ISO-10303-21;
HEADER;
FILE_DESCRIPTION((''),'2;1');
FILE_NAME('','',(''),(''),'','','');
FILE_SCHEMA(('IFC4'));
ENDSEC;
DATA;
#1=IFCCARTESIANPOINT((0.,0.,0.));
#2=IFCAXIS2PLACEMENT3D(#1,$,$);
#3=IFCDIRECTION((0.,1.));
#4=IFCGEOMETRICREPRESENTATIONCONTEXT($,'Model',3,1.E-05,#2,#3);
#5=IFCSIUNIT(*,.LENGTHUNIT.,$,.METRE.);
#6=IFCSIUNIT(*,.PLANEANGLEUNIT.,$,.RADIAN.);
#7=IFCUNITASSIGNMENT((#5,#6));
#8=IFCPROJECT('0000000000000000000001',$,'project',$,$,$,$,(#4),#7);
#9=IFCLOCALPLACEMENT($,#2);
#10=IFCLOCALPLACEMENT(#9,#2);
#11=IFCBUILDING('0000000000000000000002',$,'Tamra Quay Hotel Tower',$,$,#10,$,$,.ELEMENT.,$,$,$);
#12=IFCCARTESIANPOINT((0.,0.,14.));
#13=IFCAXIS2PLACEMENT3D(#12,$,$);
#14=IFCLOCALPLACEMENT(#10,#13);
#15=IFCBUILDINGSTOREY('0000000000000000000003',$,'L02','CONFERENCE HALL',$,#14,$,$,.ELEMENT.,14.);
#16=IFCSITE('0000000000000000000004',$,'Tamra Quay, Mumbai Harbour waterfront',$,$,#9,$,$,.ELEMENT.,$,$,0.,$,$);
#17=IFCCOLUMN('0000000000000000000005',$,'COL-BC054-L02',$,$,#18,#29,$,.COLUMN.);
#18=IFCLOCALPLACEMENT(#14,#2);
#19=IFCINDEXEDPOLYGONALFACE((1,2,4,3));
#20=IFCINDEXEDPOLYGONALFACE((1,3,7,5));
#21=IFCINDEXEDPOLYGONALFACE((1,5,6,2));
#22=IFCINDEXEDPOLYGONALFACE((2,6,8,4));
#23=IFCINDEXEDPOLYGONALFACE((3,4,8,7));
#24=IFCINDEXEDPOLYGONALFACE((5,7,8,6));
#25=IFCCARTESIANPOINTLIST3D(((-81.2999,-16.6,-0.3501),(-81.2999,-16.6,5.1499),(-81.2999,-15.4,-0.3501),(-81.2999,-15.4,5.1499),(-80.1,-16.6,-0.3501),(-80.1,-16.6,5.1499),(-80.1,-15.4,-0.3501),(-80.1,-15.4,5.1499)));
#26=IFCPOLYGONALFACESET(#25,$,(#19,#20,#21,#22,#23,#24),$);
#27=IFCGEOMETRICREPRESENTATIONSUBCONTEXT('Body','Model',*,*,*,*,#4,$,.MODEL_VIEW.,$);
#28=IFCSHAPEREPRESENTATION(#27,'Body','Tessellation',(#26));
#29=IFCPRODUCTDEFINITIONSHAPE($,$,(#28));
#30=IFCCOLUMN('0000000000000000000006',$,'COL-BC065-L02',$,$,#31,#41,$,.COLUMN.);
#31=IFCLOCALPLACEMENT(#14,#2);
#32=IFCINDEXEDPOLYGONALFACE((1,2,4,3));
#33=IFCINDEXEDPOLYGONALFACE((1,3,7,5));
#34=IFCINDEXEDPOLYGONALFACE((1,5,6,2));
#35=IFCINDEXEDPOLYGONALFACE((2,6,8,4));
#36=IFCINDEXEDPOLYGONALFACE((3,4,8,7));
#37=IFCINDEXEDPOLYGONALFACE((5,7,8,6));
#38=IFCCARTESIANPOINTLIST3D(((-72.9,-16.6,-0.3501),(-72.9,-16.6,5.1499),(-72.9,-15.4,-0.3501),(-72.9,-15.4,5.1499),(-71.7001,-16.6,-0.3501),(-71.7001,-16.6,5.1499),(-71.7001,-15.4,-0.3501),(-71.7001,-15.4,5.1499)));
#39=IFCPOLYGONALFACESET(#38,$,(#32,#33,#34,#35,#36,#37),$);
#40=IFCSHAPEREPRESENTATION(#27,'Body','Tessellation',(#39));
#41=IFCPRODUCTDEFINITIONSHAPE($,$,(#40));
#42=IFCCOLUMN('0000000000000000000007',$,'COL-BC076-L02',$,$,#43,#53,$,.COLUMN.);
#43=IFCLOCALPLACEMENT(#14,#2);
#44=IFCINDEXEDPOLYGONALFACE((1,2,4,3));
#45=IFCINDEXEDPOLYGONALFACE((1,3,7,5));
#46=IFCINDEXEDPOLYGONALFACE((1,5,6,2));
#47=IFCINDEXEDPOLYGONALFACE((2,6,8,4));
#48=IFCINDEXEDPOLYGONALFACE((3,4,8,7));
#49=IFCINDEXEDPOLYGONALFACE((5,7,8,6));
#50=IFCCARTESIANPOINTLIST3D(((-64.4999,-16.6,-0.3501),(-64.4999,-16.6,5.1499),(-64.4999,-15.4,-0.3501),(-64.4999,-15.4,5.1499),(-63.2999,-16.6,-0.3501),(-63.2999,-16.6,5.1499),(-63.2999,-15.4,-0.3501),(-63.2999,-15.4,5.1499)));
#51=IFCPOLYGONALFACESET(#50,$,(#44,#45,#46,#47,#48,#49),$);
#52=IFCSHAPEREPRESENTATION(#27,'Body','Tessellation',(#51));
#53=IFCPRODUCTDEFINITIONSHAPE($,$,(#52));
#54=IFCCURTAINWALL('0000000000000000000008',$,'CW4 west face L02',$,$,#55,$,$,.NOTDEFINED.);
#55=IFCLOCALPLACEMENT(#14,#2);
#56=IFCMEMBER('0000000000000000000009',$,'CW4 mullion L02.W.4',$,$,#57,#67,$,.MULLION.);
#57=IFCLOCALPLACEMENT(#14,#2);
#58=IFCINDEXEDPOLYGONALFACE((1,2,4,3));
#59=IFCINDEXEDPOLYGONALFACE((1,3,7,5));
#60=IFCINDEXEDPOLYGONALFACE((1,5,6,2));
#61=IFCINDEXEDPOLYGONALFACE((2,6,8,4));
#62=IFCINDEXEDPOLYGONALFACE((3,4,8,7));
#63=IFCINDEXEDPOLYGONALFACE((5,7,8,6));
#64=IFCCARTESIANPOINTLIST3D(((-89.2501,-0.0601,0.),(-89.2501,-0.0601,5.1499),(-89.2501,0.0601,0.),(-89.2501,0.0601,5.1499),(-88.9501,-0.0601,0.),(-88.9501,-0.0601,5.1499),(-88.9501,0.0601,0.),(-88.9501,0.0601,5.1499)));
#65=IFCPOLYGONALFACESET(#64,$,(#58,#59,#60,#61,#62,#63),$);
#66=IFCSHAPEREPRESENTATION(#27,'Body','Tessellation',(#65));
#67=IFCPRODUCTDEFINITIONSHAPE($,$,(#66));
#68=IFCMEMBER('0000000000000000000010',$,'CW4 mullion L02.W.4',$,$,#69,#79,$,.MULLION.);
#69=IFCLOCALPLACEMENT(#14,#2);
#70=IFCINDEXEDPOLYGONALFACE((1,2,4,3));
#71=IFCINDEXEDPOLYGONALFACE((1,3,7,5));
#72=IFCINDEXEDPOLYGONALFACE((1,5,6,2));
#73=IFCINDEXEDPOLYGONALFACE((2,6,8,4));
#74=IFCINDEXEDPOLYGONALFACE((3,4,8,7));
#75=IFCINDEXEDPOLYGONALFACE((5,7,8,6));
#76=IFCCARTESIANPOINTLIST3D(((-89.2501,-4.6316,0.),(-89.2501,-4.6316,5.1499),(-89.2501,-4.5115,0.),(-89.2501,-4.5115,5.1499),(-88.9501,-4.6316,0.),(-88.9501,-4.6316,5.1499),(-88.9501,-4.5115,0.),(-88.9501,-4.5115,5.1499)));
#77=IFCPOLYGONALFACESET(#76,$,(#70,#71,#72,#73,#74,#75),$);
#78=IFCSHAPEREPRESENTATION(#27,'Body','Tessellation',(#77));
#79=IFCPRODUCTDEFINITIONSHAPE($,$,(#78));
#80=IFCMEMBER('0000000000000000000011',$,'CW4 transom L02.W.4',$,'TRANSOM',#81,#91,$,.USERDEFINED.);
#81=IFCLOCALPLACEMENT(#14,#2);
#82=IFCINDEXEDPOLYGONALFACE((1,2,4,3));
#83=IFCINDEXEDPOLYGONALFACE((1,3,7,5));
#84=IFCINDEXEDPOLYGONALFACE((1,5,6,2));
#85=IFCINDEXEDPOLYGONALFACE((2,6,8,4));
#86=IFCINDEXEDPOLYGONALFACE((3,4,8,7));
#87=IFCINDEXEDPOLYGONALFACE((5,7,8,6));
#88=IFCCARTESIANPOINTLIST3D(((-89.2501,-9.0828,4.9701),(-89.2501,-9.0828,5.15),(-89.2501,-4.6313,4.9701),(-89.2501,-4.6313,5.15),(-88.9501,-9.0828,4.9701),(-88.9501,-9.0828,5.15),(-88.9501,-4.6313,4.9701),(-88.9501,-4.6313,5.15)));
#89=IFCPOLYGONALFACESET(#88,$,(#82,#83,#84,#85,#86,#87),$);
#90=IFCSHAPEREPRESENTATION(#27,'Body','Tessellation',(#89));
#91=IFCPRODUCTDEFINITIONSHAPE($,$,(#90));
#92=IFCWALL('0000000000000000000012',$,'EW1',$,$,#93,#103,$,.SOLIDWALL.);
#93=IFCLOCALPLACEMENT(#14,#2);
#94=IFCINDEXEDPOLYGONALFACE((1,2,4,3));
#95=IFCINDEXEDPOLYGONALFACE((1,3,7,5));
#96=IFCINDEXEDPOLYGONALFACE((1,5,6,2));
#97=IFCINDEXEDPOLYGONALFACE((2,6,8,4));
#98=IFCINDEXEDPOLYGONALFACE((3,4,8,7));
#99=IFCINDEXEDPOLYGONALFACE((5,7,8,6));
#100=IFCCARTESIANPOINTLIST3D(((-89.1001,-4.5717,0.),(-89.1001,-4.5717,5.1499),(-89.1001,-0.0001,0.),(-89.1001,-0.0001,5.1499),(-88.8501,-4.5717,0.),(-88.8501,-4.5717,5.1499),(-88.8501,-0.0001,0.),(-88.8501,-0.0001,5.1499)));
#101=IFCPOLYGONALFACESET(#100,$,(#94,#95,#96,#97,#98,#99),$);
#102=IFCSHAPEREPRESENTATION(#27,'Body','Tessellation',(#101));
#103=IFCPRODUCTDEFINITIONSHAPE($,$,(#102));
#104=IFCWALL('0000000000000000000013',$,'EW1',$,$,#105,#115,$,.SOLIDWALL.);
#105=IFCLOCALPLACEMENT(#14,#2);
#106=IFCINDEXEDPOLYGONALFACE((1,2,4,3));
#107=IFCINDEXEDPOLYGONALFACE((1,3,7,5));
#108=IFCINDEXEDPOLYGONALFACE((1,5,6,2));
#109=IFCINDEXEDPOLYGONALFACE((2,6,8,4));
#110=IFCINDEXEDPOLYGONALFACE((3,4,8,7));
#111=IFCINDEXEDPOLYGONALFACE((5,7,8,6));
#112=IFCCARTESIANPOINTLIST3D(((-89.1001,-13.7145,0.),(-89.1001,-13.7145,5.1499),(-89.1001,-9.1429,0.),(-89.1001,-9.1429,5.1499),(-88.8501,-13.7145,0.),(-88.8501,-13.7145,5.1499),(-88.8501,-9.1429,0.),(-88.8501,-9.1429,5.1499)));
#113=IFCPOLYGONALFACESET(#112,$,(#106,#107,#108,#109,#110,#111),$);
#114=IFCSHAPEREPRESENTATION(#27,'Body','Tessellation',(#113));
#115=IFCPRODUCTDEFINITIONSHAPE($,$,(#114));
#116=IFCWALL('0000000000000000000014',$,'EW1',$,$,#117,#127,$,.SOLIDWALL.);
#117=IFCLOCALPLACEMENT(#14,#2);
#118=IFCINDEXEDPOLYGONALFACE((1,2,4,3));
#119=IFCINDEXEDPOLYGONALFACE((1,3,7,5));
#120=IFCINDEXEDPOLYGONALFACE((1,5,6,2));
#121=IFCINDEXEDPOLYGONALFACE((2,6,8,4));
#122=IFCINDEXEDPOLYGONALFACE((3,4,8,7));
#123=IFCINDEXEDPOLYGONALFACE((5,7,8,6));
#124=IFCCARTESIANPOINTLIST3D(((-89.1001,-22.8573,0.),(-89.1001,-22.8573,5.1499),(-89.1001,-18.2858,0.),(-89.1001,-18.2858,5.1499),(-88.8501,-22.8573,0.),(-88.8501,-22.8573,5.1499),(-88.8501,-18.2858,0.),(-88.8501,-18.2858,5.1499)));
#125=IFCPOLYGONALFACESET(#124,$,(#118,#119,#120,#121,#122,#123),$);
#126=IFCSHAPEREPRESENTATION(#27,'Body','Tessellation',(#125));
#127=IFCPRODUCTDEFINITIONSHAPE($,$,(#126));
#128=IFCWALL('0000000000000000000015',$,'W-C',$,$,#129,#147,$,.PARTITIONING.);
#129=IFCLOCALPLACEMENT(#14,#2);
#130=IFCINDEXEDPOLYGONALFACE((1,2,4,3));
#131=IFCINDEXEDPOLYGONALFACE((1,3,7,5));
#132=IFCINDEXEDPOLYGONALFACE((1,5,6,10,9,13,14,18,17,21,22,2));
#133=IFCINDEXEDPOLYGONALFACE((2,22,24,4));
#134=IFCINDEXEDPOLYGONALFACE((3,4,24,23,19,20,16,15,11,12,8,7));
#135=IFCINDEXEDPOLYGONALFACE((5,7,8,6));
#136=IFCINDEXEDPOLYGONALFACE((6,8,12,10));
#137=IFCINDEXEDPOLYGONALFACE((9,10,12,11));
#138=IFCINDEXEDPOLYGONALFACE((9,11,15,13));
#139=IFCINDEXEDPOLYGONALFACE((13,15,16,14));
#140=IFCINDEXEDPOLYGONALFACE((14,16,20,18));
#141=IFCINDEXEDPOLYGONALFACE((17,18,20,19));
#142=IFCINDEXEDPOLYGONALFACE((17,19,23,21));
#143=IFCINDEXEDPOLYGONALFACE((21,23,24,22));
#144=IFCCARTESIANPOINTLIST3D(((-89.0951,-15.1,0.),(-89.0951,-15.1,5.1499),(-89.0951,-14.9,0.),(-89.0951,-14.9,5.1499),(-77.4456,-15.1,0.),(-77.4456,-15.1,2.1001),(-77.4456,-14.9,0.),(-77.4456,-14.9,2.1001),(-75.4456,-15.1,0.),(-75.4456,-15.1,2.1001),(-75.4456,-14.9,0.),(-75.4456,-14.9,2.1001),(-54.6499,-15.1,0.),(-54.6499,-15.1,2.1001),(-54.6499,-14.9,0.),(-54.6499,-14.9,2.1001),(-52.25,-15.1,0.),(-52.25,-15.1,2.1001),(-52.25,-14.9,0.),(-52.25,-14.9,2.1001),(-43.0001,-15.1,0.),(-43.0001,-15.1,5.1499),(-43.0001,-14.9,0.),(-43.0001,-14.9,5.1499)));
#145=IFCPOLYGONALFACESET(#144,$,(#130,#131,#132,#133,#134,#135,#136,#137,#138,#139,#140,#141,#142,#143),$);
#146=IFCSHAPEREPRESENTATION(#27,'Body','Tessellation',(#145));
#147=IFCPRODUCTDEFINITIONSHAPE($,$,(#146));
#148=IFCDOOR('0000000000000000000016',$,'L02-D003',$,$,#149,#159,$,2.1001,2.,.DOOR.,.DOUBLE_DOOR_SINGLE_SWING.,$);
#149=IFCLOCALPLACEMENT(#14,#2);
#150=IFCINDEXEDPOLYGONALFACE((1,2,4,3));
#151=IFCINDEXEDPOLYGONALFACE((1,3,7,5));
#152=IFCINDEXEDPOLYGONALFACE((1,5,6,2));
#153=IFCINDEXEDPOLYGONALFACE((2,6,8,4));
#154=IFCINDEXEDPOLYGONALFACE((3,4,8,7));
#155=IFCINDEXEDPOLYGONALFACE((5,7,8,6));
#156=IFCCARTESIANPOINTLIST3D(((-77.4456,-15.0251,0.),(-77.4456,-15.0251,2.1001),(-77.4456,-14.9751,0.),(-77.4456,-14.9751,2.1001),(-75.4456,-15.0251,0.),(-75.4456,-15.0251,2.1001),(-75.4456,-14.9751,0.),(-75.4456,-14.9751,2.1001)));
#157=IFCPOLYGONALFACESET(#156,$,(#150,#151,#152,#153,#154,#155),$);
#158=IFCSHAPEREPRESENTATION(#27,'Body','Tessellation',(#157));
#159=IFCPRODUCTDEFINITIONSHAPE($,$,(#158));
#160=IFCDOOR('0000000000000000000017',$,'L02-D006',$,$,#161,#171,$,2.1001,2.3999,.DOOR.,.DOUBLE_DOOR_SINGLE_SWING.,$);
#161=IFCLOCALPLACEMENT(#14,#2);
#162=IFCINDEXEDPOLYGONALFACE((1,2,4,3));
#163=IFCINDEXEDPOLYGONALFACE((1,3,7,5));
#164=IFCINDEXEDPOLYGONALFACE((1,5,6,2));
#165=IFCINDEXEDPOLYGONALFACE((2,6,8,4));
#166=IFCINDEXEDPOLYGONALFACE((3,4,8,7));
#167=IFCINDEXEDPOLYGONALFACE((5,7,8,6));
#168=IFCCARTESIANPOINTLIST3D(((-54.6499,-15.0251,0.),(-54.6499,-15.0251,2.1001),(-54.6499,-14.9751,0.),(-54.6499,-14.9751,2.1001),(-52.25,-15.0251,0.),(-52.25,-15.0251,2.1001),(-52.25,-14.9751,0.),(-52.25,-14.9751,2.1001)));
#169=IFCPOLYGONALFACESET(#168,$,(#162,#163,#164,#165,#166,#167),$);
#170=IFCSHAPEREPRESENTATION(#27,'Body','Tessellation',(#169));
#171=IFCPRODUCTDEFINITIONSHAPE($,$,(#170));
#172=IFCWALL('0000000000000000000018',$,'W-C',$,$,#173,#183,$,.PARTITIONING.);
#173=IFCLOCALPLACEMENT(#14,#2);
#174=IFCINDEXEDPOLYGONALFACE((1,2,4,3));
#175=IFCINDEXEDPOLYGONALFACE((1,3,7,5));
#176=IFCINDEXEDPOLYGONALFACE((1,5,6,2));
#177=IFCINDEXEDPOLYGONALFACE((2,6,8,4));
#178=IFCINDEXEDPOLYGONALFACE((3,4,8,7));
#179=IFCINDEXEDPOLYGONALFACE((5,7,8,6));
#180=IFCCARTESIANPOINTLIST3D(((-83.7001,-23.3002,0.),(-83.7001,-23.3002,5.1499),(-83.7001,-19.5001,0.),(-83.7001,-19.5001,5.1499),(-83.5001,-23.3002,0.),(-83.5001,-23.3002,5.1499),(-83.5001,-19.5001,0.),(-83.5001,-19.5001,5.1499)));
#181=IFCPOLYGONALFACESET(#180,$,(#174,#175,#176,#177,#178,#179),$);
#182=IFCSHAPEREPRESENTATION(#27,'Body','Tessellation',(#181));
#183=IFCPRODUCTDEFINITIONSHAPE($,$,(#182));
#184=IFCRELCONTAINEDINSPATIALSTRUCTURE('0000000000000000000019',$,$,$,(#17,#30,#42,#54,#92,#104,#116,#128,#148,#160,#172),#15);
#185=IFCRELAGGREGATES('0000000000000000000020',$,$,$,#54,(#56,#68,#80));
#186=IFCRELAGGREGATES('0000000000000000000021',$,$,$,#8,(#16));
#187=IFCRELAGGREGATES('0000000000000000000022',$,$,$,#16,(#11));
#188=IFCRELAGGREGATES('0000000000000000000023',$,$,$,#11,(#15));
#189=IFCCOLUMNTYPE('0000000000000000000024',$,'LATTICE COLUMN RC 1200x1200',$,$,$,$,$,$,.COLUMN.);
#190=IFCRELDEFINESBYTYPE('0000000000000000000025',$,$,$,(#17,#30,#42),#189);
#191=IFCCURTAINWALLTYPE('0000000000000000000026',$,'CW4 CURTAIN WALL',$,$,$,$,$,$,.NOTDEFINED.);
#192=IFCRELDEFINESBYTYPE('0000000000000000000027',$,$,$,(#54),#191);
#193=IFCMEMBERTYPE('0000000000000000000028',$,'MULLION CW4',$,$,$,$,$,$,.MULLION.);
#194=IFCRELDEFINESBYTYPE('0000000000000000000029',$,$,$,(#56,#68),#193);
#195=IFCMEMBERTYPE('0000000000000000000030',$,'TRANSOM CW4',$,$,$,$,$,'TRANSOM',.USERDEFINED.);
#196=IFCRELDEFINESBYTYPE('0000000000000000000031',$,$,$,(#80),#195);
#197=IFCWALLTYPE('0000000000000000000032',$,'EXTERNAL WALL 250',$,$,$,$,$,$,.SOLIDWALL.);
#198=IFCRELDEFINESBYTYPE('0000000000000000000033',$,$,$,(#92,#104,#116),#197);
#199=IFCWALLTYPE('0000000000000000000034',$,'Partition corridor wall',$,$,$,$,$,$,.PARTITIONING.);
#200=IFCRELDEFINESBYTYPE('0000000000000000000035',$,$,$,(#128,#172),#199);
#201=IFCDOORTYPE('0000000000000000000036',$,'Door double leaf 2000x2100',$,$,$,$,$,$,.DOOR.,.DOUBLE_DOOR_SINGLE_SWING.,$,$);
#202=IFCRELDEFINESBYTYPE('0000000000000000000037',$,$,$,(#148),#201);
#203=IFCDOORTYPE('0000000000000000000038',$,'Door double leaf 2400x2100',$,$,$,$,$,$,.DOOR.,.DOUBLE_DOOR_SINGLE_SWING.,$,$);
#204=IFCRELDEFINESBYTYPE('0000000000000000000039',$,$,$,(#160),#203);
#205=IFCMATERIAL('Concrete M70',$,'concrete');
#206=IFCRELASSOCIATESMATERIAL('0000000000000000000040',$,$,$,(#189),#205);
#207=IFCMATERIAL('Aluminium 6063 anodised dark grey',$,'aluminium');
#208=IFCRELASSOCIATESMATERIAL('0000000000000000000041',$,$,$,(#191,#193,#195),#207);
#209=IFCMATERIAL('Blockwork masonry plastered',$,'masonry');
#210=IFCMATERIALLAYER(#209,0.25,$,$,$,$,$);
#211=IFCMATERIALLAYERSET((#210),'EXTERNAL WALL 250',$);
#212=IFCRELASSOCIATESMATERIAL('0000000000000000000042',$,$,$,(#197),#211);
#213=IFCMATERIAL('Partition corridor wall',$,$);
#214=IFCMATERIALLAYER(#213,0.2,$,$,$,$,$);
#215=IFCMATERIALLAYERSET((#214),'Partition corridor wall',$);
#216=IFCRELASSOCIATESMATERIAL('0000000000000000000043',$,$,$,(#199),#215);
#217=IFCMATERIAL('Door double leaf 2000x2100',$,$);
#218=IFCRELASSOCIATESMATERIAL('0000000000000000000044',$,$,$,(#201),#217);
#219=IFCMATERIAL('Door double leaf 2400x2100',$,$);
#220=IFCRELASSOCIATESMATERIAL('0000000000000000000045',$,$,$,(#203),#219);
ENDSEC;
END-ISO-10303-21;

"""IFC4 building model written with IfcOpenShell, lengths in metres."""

from ifc_helpers import new_model, si_unit, direction, frame, frame_2d, origin, origin_2d, place, context, subcontext, project, spatial, rectangle, extrude, material, layer, layer_set, material_profile, profile_set, type_object, element, fill, aggregate, save


model = new_model("IFC4")

# Units and contexts
model_context = context("Model", 3, precision=1e-05, world=origin(), true_north=direction((0.0, 1.0)))
body_context = subcontext(model_context, "Body", "Model", "MODEL_VIEW")
ifc_project = project(units=[si_unit("LENGTHUNIT", "METRE"), si_unit("PLANEANGLEUNIT", "RADIAN")], contexts=[model_context])

# Site, building, storey
site_placement = place(None, origin())
site = spatial("IfcSite", under=ifc_project, at=site_placement, Name="Tamra Quay, Mumbai Harbour waterfront", CompositionType="ELEMENT", RefElevation=0.0)
building_placement = place(site_placement, origin())
building = spatial("IfcBuilding", under=site, at=building_placement, Name="Tamra Quay Hotel Tower", CompositionType="ELEMENT")
storey_placement = place(building_placement, frame((0.0, 0.0, 14.0)))
storey = spatial("IfcBuildingStorey", under=building, at=storey_placement, Name="L02", Description="CONFERENCE HALL", CompositionType="ELEMENT", Elevation=14.0)

# Columns
ifc_material_1 = material(Name="Concrete M70", Category="concrete")
ifc_material_profile_1 = material_profile(ifc_material_1, rectangle(XDim=1.2, YDim=1.2, at=origin_2d()), Name="LATTICE COLUMN RC 1200x1200")
ifc_profile_set_1 = profile_set([ifc_material_profile_1], Name="Concrete M70")
column_type = type_object("IfcColumnType", Name="LATTICE COLUMN RC 1200x1200", PredefinedType="COLUMN", material=ifc_profile_set_1)
for number, where, z_axis, x_axis, name in (
    (1, (-80.7, -16.0, -0.3501), (0.0, 0.0, 1.0), (1.0, 0.0, 0.0), "COL-BC054-L02"),
    (2, (-72.3, -16.0, -0.3501), (0.0, 0.0, 1.0), (1.0, 0.0, 0.0), "COL-BC065-L02"),
    (3, (-63.8999, -16.0, -0.3501), (0.0, 0.0, 1.0), (1.0, 0.0, 0.0), "COL-BC076-L02"),
):
    element("IfcColumn", number, at=place(storey_placement, frame(where, z_axis=z_axis, x_axis=x_axis)), inside=storey, type_object=column_type, Name=name, PredefinedType="COLUMN", context=body_context, shape_type="SweptSolid", body=[
        extrude(rectangle(XDim=1.2, YDim=1.2, at=origin_2d()), origin(), (0.0, 0.0, 1.0), 5.5),
    ])

# Curtain wall, members
ifc_material_2 = material(Name="Aluminium 6063 anodised dark grey", Category="aluminium")
curtain_wall_type = type_object("IfcCurtainWallType", Name="CW4 CURTAIN WALL", PredefinedType="NOTDEFINED", material=ifc_material_2)
curtain_wall_placement = place(storey_placement, origin())
curtain_wall = element("IfcCurtainWall", 4, at=curtain_wall_placement, inside=storey, type_object=curtain_wall_type, Name="CW4 west face L02", PredefinedType="NOTDEFINED")
ifc_material_profile_2 = material_profile(ifc_material_2, rectangle(XDim=0.3, YDim=0.1201, at=origin_2d()), Name="MULLION 120X300")
ifc_profile_set_2 = profile_set([ifc_material_profile_2], Name="Aluminium 6063 anodised dark grey")
member_type_1 = type_object("IfcMemberType", Name="MULLION CW4", PredefinedType="MULLION", material=ifc_profile_set_2)
member_1_placement = place(storey_placement, frame((-89.1001, 0.0, 0.0), z_axis=(0.0, 0.0, 1.0), x_axis=(-1.0, 0.0, 0.0)))
member_1 = element("IfcMember", 5, at=member_1_placement, type_object=member_type_1, Name="CW4 mullion L02.W.4", PredefinedType="MULLION", context=body_context, shape_type="SweptSolid", body=[
    extrude(rectangle(XDim=0.3, YDim=0.1201, at=origin_2d()), origin(), (0.0, 0.0, 1.0), 5.1499),
])
member_2_placement = place(storey_placement, frame((-89.1001, -4.5715, 0.0), z_axis=(0.0, 0.0, 1.0), x_axis=(-1.0, 0.0, 0.0)))
member_2 = element("IfcMember", 6, at=member_2_placement, type_object=member_type_1, Name="CW4 mullion L02.W.4", PredefinedType="MULLION", context=body_context, shape_type="SweptSolid", body=[
    extrude(rectangle(XDim=0.3, YDim=0.1201, at=origin_2d()), origin(), (0.0, 0.0, 1.0), 5.1499),
])
ifc_material_profile_3 = material_profile(ifc_material_2, rectangle(XDim=0.3, YDim=0.1799, at=origin_2d()), Name="TRANSOM 300X180")
ifc_profile_set_3 = profile_set([ifc_material_profile_3], Name="Aluminium 6063 anodised dark grey")
member_type_2 = type_object("IfcMemberType", Name="TRANSOM CW4", ElementType="TRANSOM", PredefinedType="USERDEFINED", material=ifc_profile_set_3)
member_3_placement = place(storey_placement, frame((-89.1001, -4.6313, 5.0601), z_axis=(0.0, -1.0, 0.0), x_axis=(1.0, 0.0, 0.0)))
member_3 = element("IfcMember", 7, at=member_3_placement, type_object=member_type_2, Name="CW4 transom L02.W.4", ObjectType="TRANSOM", PredefinedType="USERDEFINED", context=body_context, shape_type="SweptSolid", body=[
    extrude(rectangle(XDim=0.3, YDim=0.1799, at=origin_2d()), origin(), (0.0, 0.0, 1.0), 4.4514),
])
aggregate(curtain_wall, [member_1, member_2, member_3])

# Walls
ifc_material_3 = material(Name="Blockwork masonry plastered", Category="masonry")
ifc_layer_1 = layer(ifc_material_3, 0.25)
ifc_layer_set_1 = layer_set([ifc_layer_1], Name="EXTERNAL WALL 250")
wall_type_1 = type_object("IfcWallType", Name="EXTERNAL WALL 250", PredefinedType="SOLIDWALL", material=ifc_layer_set_1)
for number, where, z_axis, x_axis, name in (
    (8, (-88.9751, -4.5715, 0.0), (0.0, 0.0, 1.0), (0.0, 1.0, 0.0), "EW1"),
    (9, (-88.9751, -13.7144, 0.0), (0.0, 0.0, 1.0), (0.0, 1.0, 0.0), "EW1"),
    (10, (-88.9751, -22.8572, 0.0), (0.0, 0.0, 1.0), (0.0, 1.0, 0.0), "EW1"),
):
    element("IfcWall", number, at=place(storey_placement, frame(where, z_axis=z_axis, x_axis=x_axis)), inside=storey, type_object=wall_type_1, Name=name, PredefinedType="SOLIDWALL", context=body_context, shape_type="SweptSolid", body=[
        extrude(rectangle(XDim=4.5715, YDim=0.25, at=frame_2d((2.2856, 0.0))), origin(), (0.0, 0.0, 1.0), 5.1499),
    ])

# Wall, openings, doors
ifc_material_4 = material(Name="Partition corridor wall")
ifc_layer_2 = layer(ifc_material_4, 0.2)
ifc_layer_set_2 = layer_set([ifc_layer_2], Name="Partition corridor wall")
wall_type_2 = type_object("IfcWallType", Name="Partition corridor wall", PredefinedType="PARTITIONING", material=ifc_layer_set_2)
wall_1_placement = place(storey_placement, frame((-89.095, -15.0, 0.0), z_axis=(0.0, 0.0, 1.0), x_axis=(1.0, 0.0, 0.0)))
wall_1 = element("IfcWall", 11, at=wall_1_placement, inside=storey, type_object=wall_type_2, Name="W-C", PredefinedType="PARTITIONING", context=body_context, shape_type="SweptSolid", body=[
    extrude(rectangle(XDim=46.095, YDim=0.2, at=frame_2d((23.0474, 0.0))), origin(), (0.0, 0.0, 1.0), 5.1499),
])
opening_1_placement = place(wall_1_placement, frame((11.6494, 0.0, 0.0)))
opening_1 = element("IfcOpeningElement", 12, at=opening_1_placement, cuts=wall_1, PredefinedType="OPENING", context=body_context, shape_type="SweptSolid", body=[
    extrude(rectangle(XDim=2.0, YDim=2.1001, at=frame_2d((1.0, 1.05))), frame((0.0, 0.1099, 0.0), z_axis=(0.0, -1.0, 0.0), x_axis=(1.0, 0.0, 0.0)), (0.0, 0.0, 1.0), 0.22),
])
opening_2_placement = place(wall_1_placement, frame((34.4451, 0.0, 0.0)))
opening_2 = element("IfcOpeningElement", 13, at=opening_2_placement, cuts=wall_1, PredefinedType="OPENING", context=body_context, shape_type="SweptSolid", body=[
    extrude(rectangle(XDim=2.3999, YDim=2.1001, at=frame_2d((1.2, 1.05))), frame((0.0, 0.1099, 0.0), z_axis=(0.0, -1.0, 0.0), x_axis=(1.0, 0.0, 0.0)), (0.0, 0.0, 1.0), 0.22),
])
ifc_material_5 = material(Name="Door double leaf 2000x2100")
door_type_1 = type_object("IfcDoorType", Name="Door double leaf 2000x2100", OperationType="DOUBLE_DOOR_SINGLE_SWING", PredefinedType="DOOR", material=ifc_material_5)
door_1_placement = place(opening_1_placement, origin())
door_1 = element("IfcDoor", 14, at=door_1_placement, inside=storey, type_object=door_type_1, Name="L02-D003", OperationType="DOUBLE_DOOR_SINGLE_SWING", OverallHeight=2.1001, OverallWidth=2.0, PredefinedType="DOOR", context=body_context, shape_type="SweptSolid", body=[
    extrude(rectangle(XDim=2.0, YDim=2.1001, at=frame_2d((1.0, 1.05))), frame((0.0, 0.0249, 0.0), z_axis=(0.0, -1.0, 0.0), x_axis=(1.0, 0.0, 0.0)), (0.0, 0.0, 1.0), 0.05),
])
fill(opening_1, door_1)
ifc_material_6 = material(Name="Door double leaf 2400x2100")
door_type_2 = type_object("IfcDoorType", Name="Door double leaf 2400x2100", OperationType="DOUBLE_DOOR_SINGLE_SWING", PredefinedType="DOOR", material=ifc_material_6)
door_2_placement = place(opening_2_placement, origin())
door_2 = element("IfcDoor", 15, at=door_2_placement, inside=storey, type_object=door_type_2, Name="L02-D006", OperationType="DOUBLE_DOOR_SINGLE_SWING", OverallHeight=2.1001, OverallWidth=2.3999, PredefinedType="DOOR", context=body_context, shape_type="SweptSolid", body=[
    extrude(rectangle(XDim=2.3999, YDim=2.1001, at=frame_2d((1.2, 1.05))), frame((0.0, 0.0249, 0.0), z_axis=(0.0, -1.0, 0.0), x_axis=(1.0, 0.0, 0.0)), (0.0, 0.0, 1.0), 0.05),
])
fill(opening_2, door_2)

# Wall
wall_2_placement = place(storey_placement, frame((-83.6001, -23.3, 0.0), z_axis=(0.0, 0.0, 1.0), x_axis=(0.0, 1.0, 0.0)))
element("IfcWall", 16, at=wall_2_placement, inside=storey, type_object=wall_type_2, Name="W-C", PredefinedType="PARTITIONING", context=body_context, shape_type="SweptSolid", body=[
    extrude(rectangle(XDim=3.8, YDim=0.2, at=frame_2d((1.8999, 0.0))), origin(), (0.0, 0.0, 1.0), 5.1499),
])

save(model, "model.ifc")
